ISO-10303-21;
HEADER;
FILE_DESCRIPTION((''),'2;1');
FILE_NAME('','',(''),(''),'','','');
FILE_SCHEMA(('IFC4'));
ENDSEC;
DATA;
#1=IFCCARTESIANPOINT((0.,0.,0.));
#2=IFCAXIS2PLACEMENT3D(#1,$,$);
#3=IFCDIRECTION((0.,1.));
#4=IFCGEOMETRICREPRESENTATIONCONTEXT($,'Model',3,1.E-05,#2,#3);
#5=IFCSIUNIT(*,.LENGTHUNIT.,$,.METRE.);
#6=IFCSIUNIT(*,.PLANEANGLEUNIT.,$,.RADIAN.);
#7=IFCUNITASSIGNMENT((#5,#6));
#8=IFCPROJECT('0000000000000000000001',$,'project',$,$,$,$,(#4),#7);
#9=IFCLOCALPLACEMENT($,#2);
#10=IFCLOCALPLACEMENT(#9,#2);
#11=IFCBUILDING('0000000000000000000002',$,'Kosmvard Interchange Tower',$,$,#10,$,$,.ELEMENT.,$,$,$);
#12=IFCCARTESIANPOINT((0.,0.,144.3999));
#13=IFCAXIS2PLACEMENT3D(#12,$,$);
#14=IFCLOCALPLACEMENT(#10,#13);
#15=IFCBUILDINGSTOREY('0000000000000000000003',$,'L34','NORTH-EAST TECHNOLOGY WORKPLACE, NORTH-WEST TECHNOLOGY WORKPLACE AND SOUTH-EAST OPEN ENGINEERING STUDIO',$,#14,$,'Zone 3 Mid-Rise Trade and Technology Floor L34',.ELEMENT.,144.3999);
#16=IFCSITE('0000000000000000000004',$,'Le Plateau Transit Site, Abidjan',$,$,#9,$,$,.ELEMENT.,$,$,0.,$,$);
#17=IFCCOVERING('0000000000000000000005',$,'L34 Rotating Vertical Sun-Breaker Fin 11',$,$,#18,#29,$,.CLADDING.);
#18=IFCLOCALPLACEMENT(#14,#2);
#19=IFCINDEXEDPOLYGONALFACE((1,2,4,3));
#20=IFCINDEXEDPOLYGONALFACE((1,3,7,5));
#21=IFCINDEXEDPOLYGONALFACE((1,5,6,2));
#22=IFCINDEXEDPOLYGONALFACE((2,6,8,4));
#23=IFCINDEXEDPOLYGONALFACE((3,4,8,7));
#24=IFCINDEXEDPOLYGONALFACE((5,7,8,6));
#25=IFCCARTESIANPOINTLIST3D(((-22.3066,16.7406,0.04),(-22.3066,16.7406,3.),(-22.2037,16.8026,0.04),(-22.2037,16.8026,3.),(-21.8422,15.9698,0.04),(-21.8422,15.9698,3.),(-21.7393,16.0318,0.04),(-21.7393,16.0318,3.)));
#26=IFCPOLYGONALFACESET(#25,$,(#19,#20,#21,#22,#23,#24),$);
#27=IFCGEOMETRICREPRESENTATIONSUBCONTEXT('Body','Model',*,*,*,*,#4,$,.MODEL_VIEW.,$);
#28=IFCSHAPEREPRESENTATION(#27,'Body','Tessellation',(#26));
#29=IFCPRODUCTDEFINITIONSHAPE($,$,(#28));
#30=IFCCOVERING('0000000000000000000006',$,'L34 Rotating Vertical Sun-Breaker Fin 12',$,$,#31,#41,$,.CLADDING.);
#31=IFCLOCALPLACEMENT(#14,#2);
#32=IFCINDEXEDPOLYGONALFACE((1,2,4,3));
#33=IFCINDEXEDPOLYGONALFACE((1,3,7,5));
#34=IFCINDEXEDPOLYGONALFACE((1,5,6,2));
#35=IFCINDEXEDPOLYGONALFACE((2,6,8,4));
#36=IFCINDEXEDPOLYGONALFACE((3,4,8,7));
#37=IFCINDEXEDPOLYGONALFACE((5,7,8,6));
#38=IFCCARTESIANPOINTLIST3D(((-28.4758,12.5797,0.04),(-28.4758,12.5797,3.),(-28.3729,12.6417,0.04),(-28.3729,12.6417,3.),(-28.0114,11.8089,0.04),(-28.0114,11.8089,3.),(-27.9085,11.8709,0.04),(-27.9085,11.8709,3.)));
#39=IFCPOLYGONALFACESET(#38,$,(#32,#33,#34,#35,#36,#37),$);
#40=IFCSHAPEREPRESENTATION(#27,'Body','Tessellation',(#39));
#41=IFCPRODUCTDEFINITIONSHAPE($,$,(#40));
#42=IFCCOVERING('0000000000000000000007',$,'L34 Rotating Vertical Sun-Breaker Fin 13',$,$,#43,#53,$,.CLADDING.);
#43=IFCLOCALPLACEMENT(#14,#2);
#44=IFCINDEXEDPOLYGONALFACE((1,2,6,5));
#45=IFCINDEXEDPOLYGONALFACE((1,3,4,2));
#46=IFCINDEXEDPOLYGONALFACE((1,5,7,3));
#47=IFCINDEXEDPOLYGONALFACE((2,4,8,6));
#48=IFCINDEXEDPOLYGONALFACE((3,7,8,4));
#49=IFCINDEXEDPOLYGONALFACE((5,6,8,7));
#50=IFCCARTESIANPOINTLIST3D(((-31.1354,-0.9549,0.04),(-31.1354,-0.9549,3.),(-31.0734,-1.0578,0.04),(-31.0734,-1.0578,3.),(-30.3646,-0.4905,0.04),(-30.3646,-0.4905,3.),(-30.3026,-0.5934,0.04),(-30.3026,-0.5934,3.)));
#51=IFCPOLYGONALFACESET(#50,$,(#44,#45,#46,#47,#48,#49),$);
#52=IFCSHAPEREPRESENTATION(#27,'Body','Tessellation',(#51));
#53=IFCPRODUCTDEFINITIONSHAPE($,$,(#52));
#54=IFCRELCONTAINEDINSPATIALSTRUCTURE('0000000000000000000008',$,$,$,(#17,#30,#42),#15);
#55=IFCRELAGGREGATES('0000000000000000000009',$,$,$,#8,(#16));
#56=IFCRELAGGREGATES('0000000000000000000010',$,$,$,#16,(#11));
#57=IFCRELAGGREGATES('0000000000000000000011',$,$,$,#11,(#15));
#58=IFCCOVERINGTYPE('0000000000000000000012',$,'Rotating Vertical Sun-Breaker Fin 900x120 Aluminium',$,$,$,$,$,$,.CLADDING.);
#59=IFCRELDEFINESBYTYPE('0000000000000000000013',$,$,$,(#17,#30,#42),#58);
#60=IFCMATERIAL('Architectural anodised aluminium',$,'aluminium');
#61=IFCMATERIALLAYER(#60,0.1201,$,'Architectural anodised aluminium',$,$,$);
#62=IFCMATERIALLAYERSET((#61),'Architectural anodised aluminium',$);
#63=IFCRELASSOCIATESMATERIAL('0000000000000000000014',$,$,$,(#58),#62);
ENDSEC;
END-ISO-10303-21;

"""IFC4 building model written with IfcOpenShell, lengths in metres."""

from ifc_helpers import new_model, si_unit, direction, frame, origin, origin_2d, place, context, subcontext, project, spatial, rectangle, extrude, source, transform, mapped, material, layer, layer_set, type_object, element, save


model = new_model("IFC4")

# Units and contexts
model_context = context("Model", 3, precision=1e-05, world=origin(), true_north=direction((0.0, 1.0)))
body_context = subcontext(model_context, "Body", "Model", "MODEL_VIEW")
ifc_project = project(units=[si_unit("LENGTHUNIT", "METRE"), si_unit("PLANEANGLEUNIT", "RADIAN")], contexts=[model_context])

# Site, building, storey
site_placement = place(None, origin())
site = spatial("IfcSite", under=ifc_project, at=site_placement, Name="Le Plateau Transit Site, Abidjan", CompositionType="ELEMENT", RefElevation=0.0)
building_placement = place(site_placement, origin())
building = spatial("IfcBuilding", under=site, at=building_placement, Name="Kosmvard Interchange Tower", CompositionType="ELEMENT")
storey_placement = place(building_placement, frame((0.0, 0.0, 144.3999)))
storey = spatial("IfcBuildingStorey", under=building, at=storey_placement, Name="L34", Description="NORTH-EAST TECHNOLOGY WORKPLACE, NORTH-WEST TECHNOLOGY WORKPLACE AND SOUTH-EAST OPEN ENGINEERING STUDIO", LongName="Zone 3 Mid-Rise Trade and Technology Floor L34", CompositionType="ELEMENT", Elevation=144.3999)

# Coverings
ifc_material_1 = material(Name="Architectural anodised aluminium", Category="aluminium")
ifc_layer_1 = layer(ifc_material_1, 0.1201, Name="Architectural anodised aluminium")
ifc_layer_set_1 = layer_set([ifc_layer_1], Name="Architectural anodised aluminium")
covering_type = type_object("IfcCoveringType", Name="Rotating Vertical Sun-Breaker Fin 900x120 Aluminium", PredefinedType="CLADDING", material=ifc_layer_set_1)
shared_shape_1 = source(origin(), body_context, "Body", "SweptSolid", [
    extrude(rectangle(XDim=0.8999, YDim=0.1201, at=origin_2d()), origin(), (0.0, 0.0, 1.0), 2.96),
])
for number, where, z_axis, x_axis, name in (
    (1, (-22.0229, 16.3862, 0.04), (0.0, 0.0, 1.0), (-0.516085, 0.856537, 0.0), "L34 Rotating Vertical Sun-Breaker Fin 11"),
    (2, (-28.1921, 12.2253, 0.04), (0.0, 0.0, 1.0), (-0.516085, 0.856537, 0.0), "L34 Rotating Vertical Sun-Breaker Fin 12"),
    (3, (-30.719, -0.7742, 0.04), (0.0, 0.0, 1.0), (-0.856537, -0.516085, 0.0), "L34 Rotating Vertical Sun-Breaker Fin 13"),
):
    element("IfcCovering", number, at=place(storey_placement, frame(where, z_axis=z_axis, x_axis=x_axis)), inside=storey, type_object=covering_type, Name=name, PredefinedType="CLADDING", context=body_context, shape_type="MappedRepresentation", body=[
        mapped(shared_shape_1, transform((0.0, 0.0, 0.0), scale=1.0)),
    ])

save(model, "model.ifc")
